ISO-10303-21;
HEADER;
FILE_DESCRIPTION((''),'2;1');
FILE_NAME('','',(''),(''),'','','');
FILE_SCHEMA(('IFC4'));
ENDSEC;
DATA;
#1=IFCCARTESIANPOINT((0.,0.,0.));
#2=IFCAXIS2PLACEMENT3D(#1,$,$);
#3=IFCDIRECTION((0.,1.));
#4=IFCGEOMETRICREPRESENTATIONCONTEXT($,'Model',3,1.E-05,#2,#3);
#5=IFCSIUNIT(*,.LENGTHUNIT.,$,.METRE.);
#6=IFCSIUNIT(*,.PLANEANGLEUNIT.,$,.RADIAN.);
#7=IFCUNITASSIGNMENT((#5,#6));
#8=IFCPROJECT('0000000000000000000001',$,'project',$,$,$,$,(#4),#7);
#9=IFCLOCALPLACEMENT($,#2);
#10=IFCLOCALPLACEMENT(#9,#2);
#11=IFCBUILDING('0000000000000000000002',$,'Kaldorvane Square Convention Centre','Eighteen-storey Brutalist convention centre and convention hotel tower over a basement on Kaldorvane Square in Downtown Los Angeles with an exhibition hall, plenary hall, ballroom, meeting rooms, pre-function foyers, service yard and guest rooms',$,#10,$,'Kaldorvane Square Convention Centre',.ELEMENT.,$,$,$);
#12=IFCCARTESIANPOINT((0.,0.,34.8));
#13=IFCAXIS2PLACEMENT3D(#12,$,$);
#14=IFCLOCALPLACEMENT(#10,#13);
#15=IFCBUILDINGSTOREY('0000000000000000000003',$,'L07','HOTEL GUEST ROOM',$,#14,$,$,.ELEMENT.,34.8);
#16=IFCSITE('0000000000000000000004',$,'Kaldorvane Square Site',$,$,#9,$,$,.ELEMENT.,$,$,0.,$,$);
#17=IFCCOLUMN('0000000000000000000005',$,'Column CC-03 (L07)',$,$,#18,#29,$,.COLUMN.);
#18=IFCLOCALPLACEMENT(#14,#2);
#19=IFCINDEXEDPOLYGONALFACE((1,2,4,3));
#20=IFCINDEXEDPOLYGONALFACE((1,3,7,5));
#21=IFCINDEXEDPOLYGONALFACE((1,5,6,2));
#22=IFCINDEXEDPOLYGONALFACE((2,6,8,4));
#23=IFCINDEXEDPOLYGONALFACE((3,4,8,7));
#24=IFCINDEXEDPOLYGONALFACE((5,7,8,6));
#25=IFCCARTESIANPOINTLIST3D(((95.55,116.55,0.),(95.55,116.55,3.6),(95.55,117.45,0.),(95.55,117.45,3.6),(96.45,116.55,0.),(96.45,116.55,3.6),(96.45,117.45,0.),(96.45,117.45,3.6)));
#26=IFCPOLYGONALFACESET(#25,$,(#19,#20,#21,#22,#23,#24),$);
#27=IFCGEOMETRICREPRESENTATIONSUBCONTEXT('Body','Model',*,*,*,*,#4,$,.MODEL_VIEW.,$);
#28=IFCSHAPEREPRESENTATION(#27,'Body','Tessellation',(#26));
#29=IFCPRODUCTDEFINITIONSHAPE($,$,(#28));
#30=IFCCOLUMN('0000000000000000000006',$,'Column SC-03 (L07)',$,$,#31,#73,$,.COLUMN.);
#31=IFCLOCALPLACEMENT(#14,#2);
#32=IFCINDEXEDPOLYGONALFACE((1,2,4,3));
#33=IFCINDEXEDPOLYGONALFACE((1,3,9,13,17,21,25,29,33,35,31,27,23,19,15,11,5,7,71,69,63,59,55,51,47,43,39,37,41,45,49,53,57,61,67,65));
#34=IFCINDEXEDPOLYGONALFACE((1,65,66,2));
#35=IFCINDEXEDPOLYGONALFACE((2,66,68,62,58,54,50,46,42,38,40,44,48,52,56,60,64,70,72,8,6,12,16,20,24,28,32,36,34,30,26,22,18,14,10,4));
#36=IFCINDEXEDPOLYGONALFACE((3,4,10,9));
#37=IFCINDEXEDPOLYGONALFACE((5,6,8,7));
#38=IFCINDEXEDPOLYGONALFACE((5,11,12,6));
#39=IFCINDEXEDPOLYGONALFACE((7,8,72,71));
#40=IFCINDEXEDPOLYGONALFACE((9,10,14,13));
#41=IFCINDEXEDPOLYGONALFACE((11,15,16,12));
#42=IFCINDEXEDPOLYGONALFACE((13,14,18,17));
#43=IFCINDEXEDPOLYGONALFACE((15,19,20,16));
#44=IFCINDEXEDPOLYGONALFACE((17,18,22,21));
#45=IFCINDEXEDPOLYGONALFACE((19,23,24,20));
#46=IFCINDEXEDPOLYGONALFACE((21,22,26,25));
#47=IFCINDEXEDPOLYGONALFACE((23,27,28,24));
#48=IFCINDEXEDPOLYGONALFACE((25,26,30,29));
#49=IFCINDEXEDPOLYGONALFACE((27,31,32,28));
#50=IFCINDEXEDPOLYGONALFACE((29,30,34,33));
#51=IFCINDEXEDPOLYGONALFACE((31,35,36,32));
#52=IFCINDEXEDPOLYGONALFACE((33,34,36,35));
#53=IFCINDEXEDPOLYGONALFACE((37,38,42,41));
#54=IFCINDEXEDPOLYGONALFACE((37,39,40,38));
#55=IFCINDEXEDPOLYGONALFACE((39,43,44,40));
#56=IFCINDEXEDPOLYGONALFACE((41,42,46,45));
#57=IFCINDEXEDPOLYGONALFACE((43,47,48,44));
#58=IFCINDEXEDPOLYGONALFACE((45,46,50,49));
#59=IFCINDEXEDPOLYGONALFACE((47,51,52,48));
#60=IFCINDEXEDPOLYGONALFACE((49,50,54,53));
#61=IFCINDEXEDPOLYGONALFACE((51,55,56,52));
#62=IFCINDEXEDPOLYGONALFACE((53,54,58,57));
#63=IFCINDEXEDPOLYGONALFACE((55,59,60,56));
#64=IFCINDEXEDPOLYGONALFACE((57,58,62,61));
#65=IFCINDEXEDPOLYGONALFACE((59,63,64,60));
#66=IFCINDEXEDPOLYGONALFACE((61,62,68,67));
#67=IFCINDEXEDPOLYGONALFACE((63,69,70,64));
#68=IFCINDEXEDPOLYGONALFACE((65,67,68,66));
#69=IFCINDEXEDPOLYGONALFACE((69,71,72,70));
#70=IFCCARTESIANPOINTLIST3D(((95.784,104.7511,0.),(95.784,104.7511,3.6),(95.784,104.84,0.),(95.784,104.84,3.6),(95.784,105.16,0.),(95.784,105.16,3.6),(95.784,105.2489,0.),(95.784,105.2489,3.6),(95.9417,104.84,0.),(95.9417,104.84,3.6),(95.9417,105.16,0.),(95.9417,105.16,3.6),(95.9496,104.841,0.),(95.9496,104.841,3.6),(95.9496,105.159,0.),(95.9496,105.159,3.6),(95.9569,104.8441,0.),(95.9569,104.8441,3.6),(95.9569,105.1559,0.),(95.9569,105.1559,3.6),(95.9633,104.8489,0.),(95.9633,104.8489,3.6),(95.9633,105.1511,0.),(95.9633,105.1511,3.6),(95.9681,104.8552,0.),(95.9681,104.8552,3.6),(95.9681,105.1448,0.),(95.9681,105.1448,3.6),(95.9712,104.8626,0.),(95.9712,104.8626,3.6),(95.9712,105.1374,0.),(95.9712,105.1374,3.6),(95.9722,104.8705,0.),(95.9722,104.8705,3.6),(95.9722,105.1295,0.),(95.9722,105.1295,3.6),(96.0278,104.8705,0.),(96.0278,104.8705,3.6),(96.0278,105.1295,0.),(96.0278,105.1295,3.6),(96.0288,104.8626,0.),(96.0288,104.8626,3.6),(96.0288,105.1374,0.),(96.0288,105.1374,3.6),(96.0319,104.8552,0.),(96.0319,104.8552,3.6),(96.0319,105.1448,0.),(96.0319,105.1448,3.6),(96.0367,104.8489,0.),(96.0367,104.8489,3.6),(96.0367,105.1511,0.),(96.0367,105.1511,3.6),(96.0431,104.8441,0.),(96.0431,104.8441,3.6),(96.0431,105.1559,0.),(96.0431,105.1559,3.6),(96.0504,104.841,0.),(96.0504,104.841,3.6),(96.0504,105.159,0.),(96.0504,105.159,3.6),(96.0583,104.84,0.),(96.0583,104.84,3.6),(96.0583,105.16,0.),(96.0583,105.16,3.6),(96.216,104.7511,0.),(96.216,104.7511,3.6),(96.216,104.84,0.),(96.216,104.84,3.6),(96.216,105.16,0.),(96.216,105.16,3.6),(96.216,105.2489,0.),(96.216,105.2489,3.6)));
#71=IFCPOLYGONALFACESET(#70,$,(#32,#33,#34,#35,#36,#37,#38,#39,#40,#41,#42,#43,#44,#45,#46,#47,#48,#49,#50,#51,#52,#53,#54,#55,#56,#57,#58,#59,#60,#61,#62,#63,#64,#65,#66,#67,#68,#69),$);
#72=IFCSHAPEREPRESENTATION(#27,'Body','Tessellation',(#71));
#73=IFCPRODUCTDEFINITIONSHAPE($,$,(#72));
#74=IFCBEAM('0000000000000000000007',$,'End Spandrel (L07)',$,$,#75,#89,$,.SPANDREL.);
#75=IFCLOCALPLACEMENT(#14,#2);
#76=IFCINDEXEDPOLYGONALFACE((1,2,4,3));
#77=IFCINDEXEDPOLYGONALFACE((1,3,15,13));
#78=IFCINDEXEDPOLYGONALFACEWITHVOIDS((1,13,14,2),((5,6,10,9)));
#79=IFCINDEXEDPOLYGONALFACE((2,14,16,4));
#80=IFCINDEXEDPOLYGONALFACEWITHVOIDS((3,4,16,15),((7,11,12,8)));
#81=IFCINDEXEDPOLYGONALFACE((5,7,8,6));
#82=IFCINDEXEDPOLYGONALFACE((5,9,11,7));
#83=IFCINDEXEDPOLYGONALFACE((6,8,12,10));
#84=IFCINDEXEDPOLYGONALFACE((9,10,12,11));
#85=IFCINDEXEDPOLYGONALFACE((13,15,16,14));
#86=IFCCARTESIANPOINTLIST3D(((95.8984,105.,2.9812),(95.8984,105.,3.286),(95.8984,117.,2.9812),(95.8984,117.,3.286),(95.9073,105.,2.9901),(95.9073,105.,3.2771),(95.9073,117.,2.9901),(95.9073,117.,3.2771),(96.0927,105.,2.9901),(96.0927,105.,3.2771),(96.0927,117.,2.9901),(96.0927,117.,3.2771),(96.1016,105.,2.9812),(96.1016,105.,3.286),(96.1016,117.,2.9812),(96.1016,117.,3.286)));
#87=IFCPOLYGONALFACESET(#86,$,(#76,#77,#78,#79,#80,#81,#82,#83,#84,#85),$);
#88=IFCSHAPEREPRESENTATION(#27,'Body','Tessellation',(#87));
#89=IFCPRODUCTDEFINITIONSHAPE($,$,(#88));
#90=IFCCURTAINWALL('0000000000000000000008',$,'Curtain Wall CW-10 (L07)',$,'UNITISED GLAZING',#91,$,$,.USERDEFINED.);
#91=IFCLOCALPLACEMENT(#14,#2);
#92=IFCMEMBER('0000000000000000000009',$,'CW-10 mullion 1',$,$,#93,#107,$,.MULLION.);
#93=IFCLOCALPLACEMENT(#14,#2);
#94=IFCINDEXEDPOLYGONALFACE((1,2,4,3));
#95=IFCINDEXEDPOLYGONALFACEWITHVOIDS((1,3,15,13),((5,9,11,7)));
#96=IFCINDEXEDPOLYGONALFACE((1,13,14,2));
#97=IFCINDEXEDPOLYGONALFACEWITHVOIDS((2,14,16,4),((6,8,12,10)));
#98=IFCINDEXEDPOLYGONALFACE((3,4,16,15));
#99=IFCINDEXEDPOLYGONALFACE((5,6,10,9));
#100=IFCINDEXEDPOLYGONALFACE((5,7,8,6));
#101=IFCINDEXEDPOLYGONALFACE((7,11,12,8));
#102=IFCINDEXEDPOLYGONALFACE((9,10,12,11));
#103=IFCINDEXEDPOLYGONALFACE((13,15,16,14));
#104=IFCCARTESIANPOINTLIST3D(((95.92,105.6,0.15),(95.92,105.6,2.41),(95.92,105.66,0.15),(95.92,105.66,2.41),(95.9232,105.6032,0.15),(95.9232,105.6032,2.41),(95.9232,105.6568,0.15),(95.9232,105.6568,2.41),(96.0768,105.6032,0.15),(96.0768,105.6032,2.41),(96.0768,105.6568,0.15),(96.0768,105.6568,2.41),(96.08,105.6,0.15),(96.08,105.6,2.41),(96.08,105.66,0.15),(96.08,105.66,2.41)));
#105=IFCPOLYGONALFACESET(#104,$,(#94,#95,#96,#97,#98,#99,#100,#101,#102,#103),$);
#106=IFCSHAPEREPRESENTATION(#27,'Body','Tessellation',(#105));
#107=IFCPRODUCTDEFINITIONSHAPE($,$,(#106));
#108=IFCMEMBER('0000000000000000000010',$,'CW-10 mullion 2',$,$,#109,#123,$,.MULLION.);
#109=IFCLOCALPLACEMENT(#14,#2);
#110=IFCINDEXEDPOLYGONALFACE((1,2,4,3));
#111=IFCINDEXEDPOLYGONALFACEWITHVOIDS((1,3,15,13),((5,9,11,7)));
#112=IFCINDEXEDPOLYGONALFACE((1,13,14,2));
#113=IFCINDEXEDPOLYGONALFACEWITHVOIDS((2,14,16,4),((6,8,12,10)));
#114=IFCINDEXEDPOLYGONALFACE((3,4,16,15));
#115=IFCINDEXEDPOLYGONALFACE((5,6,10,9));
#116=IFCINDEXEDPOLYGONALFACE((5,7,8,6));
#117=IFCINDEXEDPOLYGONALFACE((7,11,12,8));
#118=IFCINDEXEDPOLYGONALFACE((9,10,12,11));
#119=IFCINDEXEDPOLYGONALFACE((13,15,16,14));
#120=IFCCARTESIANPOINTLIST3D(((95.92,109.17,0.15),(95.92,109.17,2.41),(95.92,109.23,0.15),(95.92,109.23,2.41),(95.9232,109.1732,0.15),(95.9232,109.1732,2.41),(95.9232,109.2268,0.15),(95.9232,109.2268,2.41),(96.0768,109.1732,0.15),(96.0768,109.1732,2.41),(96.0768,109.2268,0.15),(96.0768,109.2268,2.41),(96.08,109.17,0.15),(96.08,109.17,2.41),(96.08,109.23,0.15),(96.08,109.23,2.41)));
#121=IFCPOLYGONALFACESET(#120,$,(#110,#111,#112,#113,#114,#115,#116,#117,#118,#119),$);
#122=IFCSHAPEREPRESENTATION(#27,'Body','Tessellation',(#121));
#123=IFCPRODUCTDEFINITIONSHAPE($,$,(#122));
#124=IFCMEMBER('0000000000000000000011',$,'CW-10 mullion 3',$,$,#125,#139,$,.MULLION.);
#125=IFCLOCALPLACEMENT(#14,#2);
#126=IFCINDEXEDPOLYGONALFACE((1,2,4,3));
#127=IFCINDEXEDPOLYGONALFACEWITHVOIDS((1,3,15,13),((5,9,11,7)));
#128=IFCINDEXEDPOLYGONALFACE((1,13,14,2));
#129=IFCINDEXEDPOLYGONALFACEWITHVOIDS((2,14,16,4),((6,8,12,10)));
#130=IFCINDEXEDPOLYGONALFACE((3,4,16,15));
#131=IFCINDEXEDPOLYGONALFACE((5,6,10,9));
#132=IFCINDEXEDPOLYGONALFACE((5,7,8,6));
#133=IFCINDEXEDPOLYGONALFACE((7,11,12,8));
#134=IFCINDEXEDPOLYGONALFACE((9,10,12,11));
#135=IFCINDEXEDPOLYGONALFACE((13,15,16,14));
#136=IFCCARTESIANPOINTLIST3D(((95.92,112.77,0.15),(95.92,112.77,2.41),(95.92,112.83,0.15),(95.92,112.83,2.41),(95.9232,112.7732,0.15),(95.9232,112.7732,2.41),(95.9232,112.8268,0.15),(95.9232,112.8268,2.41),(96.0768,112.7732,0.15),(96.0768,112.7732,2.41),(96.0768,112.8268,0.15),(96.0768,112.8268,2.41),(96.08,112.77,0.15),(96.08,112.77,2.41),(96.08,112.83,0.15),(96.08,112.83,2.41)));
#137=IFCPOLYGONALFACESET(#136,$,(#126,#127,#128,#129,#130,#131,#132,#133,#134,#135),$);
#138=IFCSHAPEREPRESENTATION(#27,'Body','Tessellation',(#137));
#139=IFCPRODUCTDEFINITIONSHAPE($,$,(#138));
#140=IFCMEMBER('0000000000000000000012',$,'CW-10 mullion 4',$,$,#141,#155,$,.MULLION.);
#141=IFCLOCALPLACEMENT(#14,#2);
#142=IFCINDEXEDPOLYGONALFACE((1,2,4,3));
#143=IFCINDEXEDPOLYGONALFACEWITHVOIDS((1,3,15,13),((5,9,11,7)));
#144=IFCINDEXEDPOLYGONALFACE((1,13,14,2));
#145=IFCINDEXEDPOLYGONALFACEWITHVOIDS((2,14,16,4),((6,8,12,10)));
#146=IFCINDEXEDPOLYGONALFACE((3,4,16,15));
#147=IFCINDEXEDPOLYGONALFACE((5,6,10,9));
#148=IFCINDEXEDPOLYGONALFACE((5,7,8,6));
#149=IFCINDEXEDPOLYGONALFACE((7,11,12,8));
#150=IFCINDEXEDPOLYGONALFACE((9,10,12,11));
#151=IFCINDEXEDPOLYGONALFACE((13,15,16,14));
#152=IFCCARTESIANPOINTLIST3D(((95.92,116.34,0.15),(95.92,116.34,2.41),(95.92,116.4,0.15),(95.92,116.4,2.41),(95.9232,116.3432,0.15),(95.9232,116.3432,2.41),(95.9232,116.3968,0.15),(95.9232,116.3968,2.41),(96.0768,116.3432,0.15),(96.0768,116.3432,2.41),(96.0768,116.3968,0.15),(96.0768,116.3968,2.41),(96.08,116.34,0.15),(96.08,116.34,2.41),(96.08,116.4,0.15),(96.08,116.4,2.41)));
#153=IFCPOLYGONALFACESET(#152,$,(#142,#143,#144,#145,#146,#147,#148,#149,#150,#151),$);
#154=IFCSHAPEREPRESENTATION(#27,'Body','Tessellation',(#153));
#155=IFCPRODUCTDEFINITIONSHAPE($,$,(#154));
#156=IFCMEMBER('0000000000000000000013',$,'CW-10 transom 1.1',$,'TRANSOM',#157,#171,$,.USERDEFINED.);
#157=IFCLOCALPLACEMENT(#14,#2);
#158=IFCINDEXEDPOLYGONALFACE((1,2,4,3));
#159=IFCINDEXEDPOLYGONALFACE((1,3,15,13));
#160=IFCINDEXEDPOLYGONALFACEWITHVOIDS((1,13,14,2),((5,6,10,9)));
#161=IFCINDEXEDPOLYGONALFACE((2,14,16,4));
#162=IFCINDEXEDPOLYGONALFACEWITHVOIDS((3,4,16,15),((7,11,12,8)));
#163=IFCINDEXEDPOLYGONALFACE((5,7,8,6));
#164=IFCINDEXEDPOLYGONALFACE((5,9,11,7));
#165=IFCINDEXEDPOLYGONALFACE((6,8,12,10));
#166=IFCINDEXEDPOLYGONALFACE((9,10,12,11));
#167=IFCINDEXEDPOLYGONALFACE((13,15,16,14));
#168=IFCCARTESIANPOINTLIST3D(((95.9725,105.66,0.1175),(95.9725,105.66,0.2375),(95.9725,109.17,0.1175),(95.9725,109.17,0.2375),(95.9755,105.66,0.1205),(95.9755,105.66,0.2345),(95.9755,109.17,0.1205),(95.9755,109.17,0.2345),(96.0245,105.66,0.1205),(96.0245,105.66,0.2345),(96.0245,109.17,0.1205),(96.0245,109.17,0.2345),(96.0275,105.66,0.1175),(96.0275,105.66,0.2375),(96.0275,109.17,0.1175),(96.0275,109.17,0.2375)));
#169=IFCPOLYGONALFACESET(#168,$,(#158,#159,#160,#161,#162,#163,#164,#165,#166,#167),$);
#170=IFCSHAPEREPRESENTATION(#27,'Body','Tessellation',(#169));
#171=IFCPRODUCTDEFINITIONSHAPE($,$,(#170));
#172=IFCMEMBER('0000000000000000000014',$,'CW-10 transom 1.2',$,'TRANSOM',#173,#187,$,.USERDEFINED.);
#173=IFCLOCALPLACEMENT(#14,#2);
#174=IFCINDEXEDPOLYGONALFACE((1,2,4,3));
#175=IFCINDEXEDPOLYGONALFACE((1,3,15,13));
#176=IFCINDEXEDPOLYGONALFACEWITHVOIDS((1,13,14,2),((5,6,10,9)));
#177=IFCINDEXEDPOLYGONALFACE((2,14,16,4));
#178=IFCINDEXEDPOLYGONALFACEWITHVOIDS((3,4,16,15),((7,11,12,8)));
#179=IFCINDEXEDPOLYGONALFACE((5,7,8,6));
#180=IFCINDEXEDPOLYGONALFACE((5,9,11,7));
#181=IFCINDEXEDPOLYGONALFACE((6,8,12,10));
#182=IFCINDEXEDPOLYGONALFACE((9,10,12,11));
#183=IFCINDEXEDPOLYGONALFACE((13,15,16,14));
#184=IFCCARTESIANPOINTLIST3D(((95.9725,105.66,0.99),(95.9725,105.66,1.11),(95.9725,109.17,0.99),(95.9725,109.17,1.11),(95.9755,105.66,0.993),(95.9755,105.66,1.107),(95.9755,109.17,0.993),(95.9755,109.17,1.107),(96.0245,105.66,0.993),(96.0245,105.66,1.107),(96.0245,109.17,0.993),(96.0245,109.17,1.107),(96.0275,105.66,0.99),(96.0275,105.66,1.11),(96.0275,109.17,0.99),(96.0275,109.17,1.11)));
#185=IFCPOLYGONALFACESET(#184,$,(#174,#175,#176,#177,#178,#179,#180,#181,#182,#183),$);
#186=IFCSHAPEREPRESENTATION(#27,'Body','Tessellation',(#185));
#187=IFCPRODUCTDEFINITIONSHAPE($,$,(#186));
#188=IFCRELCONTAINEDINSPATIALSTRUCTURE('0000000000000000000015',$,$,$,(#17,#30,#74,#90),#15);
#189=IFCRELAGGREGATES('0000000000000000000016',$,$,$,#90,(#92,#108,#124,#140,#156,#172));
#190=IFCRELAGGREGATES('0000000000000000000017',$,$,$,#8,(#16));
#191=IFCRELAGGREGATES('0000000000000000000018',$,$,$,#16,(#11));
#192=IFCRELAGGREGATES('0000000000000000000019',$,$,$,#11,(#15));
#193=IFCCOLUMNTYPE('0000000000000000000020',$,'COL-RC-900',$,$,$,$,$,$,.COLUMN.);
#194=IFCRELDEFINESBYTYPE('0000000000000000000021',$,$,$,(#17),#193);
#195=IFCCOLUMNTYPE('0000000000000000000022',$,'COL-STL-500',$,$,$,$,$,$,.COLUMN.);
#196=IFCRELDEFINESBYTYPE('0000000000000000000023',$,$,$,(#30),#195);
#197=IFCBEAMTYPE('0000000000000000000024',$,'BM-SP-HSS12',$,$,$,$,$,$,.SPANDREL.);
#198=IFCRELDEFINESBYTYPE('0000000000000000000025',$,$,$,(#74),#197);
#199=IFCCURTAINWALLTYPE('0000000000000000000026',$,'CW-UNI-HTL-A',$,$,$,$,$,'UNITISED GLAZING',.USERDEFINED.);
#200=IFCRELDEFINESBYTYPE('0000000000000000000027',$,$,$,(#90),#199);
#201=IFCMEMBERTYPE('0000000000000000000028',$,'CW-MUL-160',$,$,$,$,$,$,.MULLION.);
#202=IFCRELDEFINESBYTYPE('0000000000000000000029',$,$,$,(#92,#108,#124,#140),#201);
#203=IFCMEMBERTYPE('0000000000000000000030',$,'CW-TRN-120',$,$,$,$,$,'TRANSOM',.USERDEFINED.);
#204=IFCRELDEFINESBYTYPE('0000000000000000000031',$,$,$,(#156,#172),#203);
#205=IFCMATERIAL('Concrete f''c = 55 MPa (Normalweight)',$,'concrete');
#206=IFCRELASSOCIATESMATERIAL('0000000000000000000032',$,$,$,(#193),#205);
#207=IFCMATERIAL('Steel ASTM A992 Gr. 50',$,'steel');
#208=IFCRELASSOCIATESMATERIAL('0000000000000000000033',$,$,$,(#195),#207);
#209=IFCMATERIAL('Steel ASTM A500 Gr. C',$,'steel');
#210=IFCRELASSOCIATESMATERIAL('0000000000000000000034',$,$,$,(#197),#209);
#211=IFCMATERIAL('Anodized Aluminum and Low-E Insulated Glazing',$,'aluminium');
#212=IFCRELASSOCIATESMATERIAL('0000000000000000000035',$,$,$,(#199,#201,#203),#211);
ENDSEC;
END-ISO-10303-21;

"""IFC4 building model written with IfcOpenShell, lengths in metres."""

from ifc_helpers import new_model, si_unit, direction, frame, origin, origin_2d, place, context, subcontext, project, spatial, rectangle, hollow_rectangle, i_section, extrude, material, material_profile, profile_set, type_object, element, aggregate, save


model = new_model("IFC4")

# Units and contexts
model_context = context("Model", 3, precision=1e-05, world=origin(), true_north=direction((0.0, 1.0)))
body_context = subcontext(model_context, "Body", "Model", "MODEL_VIEW")
ifc_project = project(units=[si_unit("LENGTHUNIT", "METRE"), si_unit("PLANEANGLEUNIT", "RADIAN")], contexts=[model_context])

# Site, building, storey
site_placement = place(None, origin())
site = spatial("IfcSite", under=ifc_project, at=site_placement, Name="Kaldorvane Square Site", CompositionType="ELEMENT", RefElevation=0.0)
building_placement = place(site_placement, origin())
building = spatial("IfcBuilding", under=site, at=building_placement, Name="Kaldorvane Square Convention Centre", Description="Eighteen-storey Brutalist convention centre and convention hotel tower over a basement on Kaldorvane Square in Downtown Los Angeles with an exhibition hall, plenary hall, ballroom, meeting rooms, pre-function foyers, service yard and guest rooms", LongName="Kaldorvane Square Convention Centre", CompositionType="ELEMENT")
storey_placement = place(building_placement, frame((0.0, 0.0, 34.8)))
storey = spatial("IfcBuildingStorey", under=building, at=storey_placement, Name="L07", Description="HOTEL GUEST ROOM", CompositionType="ELEMENT", Elevation=34.8)

# Columns
ifc_material_1 = material(Name="Concrete f'c = 55 MPa (Normalweight)", Category="concrete")
ifc_material_profile_1 = material_profile(ifc_material_1, rectangle(XDim=0.9, YDim=0.9, at=origin_2d()), Name="RC900X900")
ifc_profile_set_1 = profile_set([ifc_material_profile_1], Name="Concrete f'c = 55 MPa (Normalweight)")
column_type_1 = type_object("IfcColumnType", Name="COL-RC-900", PredefinedType="COLUMN", material=ifc_profile_set_1)
column_1_placement = place(storey_placement, frame((96.0, 117.0, 0.0), z_axis=(0.0, 0.0, 1.0), x_axis=(1.0, 0.0, 0.0)))
element("IfcColumn", 1, at=column_1_placement, inside=storey, type_object=column_type_1, Name="Column CC-03 (L07)", PredefinedType="COLUMN", context=body_context, shape_type="SweptSolid", body=[
    extrude(rectangle(XDim=0.9, YDim=0.9, at=origin_2d()), origin(), (0.0, 0.0, 1.0), 3.6),
])
ifc_material_2 = material(Name="Steel ASTM A992 Gr. 50", Category="steel")
ifc_material_profile_2 = material_profile(ifc_material_2, i_section(OverallWidth=0.4321, OverallDepth=0.4978, WebThickness=0.0556, FlangeThickness=0.0889, FilletRadius=0.0305, at=origin_2d()), Name="W14X500")
ifc_profile_set_2 = profile_set([ifc_material_profile_2], Name="Steel ASTM A992 Gr. 50")
column_type_2 = type_object("IfcColumnType", Name="COL-STL-500", PredefinedType="COLUMN", material=ifc_profile_set_2)
column_2_placement = place(storey_placement, frame((96.0, 105.0, 0.0), z_axis=(0.0, 0.0, 1.0), x_axis=(1.0, 0.0, 0.0)))
element("IfcColumn", 2, at=column_2_placement, inside=storey, type_object=column_type_2, Name="Column SC-03 (L07)", PredefinedType="COLUMN", context=body_context, shape_type="SweptSolid", body=[
    extrude(i_section(OverallWidth=0.4321, OverallDepth=0.4978, WebThickness=0.0556, FlangeThickness=0.0889, FilletRadius=0.0305, at=origin_2d()), origin(), (0.0, 0.0, 1.0), 3.6),
])

# Beam
ifc_material_3 = material(Name="Steel ASTM A500 Gr. C", Category="steel")
ifc_material_profile_3 = material_profile(ifc_material_3, hollow_rectangle(XDim=0.2032, YDim=0.3048, WallThickness=0.0089, at=origin_2d()), Name="HSS12X8X3/8")
ifc_profile_set_3 = profile_set([ifc_material_profile_3], Name="Steel ASTM A500 Gr. C")
beam_type = type_object("IfcBeamType", Name="BM-SP-HSS12", PredefinedType="SPANDREL", material=ifc_profile_set_3)
beam_placement = place(storey_placement, frame((96.0, 105.0, 3.1336), z_axis=(0.0, 1.0, 0.0), x_axis=(-1.0, 0.0, 0.0)))
element("IfcBeam", 3, at=beam_placement, inside=storey, type_object=beam_type, Name="End Spandrel (L07)", PredefinedType="SPANDREL", context=body_context, shape_type="SweptSolid", body=[
    extrude(hollow_rectangle(XDim=0.2032, YDim=0.3048, WallThickness=0.0089, at=origin_2d()), origin(), (0.0, 0.0, 1.0), 12.0),
])

# Curtain wall, members
ifc_material_4 = material(Name="Anodized Aluminum and Low-E Insulated Glazing", Category="aluminium")
curtain_wall_type = type_object("IfcCurtainWallType", Name="CW-UNI-HTL-A", ElementType="UNITISED GLAZING", PredefinedType="USERDEFINED", material=ifc_material_4)
curtain_wall_placement = place(storey_placement, origin())
curtain_wall = element("IfcCurtainWall", 4, at=curtain_wall_placement, inside=storey, type_object=curtain_wall_type, Name="Curtain Wall CW-10 (L07)", ObjectType="UNITISED GLAZING", PredefinedType="USERDEFINED")
ifc_material_profile_4 = material_profile(ifc_material_4, hollow_rectangle(XDim=0.06, YDim=0.16, WallThickness=0.0032, at=origin_2d()), Name="CWM-160X60")
ifc_profile_set_4 = profile_set([ifc_material_profile_4], Name="Anodized Aluminum and Low-E Insulated Glazing")
member_type_1 = type_object("IfcMemberType", Name="CW-MUL-160", PredefinedType="MULLION", material=ifc_profile_set_4)
member_1_placement = place(storey_placement, frame((96.0, 105.63, 0.15), z_axis=(0.0, 0.0, 1.0), x_axis=(0.0, 1.0, 0.0)))
member_1 = element("IfcMember", 5, at=member_1_placement, type_object=member_type_1, Name="CW-10 mullion 1", PredefinedType="MULLION", context=body_context, shape_type="SweptSolid", body=[
    extrude(hollow_rectangle(XDim=0.06, YDim=0.16, WallThickness=0.0032, at=origin_2d()), origin(), (0.0, 0.0, 1.0), 2.26),
])
member_2_placement = place(storey_placement, frame((96.0, 109.2, 0.15), z_axis=(0.0, 0.0, 1.0), x_axis=(0.0, 1.0, 0.0)))
member_2 = element("IfcMember", 6, at=member_2_placement, type_object=member_type_1, Name="CW-10 mullion 2", PredefinedType="MULLION", context=body_context, shape_type="SweptSolid", body=[
    extrude(hollow_rectangle(XDim=0.06, YDim=0.16, WallThickness=0.0032, at=origin_2d()), origin(), (0.0, 0.0, 1.0), 2.26),
])
member_3_placement = place(storey_placement, frame((96.0, 112.8, 0.15), z_axis=(0.0, 0.0, 1.0), x_axis=(0.0, 1.0, 0.0)))
member_3 = element("IfcMember", 7, at=member_3_placement, type_object=member_type_1, Name="CW-10 mullion 3", PredefinedType="MULLION", context=body_context, shape_type="SweptSolid", body=[
    extrude(hollow_rectangle(XDim=0.06, YDim=0.16, WallThickness=0.0032, at=origin_2d()), origin(), (0.0, 0.0, 1.0), 2.26),
])
member_4_placement = place(storey_placement, frame((96.0, 116.37, 0.15), z_axis=(0.0, 0.0, 1.0), x_axis=(0.0, 1.0, 0.0)))
member_4 = element("IfcMember", 8, at=member_4_placement, type_object=member_type_1, Name="CW-10 mullion 4", PredefinedType="MULLION", context=body_context, shape_type="SweptSolid", body=[
    extrude(hollow_rectangle(XDim=0.06, YDim=0.16, WallThickness=0.0032, at=origin_2d()), origin(), (0.0, 0.0, 1.0), 2.26),
])
ifc_material_profile_5 = material_profile(ifc_material_4, hollow_rectangle(XDim=0.055, YDim=0.12, WallThickness=0.003, at=origin_2d()), Name="CWT-120X55")
ifc_profile_set_5 = profile_set([ifc_material_profile_5], Name="Anodized Aluminum and Low-E Insulated Glazing")
member_type_2 = type_object("IfcMemberType", Name="CW-TRN-120", ElementType="TRANSOM", PredefinedType="USERDEFINED", material=ifc_profile_set_5)
member_5_placement = place(storey_placement, frame((96.0, 105.66, 0.1775), z_axis=(0.0, 1.0, 0.0), x_axis=(-1.0, 0.0, 0.0)))
member_5 = element("IfcMember", 9, at=member_5_placement, type_object=member_type_2, Name="CW-10 transom 1.1", ObjectType="TRANSOM", PredefinedType="USERDEFINED", context=body_context, shape_type="SweptSolid", body=[
    extrude(hollow_rectangle(XDim=0.055, YDim=0.12, WallThickness=0.003, at=origin_2d()), origin(), (0.0, 0.0, 1.0), 3.51),
])
member_6_placement = place(storey_placement, frame((96.0, 105.66, 1.05), z_axis=(0.0, 1.0, 0.0), x_axis=(-1.0, 0.0, 0.0)))
member_6 = element("IfcMember", 10, at=member_6_placement, type_object=member_type_2, Name="CW-10 transom 1.2", ObjectType="TRANSOM", PredefinedType="USERDEFINED", context=body_context, shape_type="SweptSolid", body=[
    extrude(hollow_rectangle(XDim=0.055, YDim=0.12, WallThickness=0.003, at=origin_2d()), origin(), (0.0, 0.0, 1.0), 3.51),
])
aggregate(curtain_wall, [member_1, member_2, member_3, member_4, member_5, member_6])

save(model, "model.ifc")
